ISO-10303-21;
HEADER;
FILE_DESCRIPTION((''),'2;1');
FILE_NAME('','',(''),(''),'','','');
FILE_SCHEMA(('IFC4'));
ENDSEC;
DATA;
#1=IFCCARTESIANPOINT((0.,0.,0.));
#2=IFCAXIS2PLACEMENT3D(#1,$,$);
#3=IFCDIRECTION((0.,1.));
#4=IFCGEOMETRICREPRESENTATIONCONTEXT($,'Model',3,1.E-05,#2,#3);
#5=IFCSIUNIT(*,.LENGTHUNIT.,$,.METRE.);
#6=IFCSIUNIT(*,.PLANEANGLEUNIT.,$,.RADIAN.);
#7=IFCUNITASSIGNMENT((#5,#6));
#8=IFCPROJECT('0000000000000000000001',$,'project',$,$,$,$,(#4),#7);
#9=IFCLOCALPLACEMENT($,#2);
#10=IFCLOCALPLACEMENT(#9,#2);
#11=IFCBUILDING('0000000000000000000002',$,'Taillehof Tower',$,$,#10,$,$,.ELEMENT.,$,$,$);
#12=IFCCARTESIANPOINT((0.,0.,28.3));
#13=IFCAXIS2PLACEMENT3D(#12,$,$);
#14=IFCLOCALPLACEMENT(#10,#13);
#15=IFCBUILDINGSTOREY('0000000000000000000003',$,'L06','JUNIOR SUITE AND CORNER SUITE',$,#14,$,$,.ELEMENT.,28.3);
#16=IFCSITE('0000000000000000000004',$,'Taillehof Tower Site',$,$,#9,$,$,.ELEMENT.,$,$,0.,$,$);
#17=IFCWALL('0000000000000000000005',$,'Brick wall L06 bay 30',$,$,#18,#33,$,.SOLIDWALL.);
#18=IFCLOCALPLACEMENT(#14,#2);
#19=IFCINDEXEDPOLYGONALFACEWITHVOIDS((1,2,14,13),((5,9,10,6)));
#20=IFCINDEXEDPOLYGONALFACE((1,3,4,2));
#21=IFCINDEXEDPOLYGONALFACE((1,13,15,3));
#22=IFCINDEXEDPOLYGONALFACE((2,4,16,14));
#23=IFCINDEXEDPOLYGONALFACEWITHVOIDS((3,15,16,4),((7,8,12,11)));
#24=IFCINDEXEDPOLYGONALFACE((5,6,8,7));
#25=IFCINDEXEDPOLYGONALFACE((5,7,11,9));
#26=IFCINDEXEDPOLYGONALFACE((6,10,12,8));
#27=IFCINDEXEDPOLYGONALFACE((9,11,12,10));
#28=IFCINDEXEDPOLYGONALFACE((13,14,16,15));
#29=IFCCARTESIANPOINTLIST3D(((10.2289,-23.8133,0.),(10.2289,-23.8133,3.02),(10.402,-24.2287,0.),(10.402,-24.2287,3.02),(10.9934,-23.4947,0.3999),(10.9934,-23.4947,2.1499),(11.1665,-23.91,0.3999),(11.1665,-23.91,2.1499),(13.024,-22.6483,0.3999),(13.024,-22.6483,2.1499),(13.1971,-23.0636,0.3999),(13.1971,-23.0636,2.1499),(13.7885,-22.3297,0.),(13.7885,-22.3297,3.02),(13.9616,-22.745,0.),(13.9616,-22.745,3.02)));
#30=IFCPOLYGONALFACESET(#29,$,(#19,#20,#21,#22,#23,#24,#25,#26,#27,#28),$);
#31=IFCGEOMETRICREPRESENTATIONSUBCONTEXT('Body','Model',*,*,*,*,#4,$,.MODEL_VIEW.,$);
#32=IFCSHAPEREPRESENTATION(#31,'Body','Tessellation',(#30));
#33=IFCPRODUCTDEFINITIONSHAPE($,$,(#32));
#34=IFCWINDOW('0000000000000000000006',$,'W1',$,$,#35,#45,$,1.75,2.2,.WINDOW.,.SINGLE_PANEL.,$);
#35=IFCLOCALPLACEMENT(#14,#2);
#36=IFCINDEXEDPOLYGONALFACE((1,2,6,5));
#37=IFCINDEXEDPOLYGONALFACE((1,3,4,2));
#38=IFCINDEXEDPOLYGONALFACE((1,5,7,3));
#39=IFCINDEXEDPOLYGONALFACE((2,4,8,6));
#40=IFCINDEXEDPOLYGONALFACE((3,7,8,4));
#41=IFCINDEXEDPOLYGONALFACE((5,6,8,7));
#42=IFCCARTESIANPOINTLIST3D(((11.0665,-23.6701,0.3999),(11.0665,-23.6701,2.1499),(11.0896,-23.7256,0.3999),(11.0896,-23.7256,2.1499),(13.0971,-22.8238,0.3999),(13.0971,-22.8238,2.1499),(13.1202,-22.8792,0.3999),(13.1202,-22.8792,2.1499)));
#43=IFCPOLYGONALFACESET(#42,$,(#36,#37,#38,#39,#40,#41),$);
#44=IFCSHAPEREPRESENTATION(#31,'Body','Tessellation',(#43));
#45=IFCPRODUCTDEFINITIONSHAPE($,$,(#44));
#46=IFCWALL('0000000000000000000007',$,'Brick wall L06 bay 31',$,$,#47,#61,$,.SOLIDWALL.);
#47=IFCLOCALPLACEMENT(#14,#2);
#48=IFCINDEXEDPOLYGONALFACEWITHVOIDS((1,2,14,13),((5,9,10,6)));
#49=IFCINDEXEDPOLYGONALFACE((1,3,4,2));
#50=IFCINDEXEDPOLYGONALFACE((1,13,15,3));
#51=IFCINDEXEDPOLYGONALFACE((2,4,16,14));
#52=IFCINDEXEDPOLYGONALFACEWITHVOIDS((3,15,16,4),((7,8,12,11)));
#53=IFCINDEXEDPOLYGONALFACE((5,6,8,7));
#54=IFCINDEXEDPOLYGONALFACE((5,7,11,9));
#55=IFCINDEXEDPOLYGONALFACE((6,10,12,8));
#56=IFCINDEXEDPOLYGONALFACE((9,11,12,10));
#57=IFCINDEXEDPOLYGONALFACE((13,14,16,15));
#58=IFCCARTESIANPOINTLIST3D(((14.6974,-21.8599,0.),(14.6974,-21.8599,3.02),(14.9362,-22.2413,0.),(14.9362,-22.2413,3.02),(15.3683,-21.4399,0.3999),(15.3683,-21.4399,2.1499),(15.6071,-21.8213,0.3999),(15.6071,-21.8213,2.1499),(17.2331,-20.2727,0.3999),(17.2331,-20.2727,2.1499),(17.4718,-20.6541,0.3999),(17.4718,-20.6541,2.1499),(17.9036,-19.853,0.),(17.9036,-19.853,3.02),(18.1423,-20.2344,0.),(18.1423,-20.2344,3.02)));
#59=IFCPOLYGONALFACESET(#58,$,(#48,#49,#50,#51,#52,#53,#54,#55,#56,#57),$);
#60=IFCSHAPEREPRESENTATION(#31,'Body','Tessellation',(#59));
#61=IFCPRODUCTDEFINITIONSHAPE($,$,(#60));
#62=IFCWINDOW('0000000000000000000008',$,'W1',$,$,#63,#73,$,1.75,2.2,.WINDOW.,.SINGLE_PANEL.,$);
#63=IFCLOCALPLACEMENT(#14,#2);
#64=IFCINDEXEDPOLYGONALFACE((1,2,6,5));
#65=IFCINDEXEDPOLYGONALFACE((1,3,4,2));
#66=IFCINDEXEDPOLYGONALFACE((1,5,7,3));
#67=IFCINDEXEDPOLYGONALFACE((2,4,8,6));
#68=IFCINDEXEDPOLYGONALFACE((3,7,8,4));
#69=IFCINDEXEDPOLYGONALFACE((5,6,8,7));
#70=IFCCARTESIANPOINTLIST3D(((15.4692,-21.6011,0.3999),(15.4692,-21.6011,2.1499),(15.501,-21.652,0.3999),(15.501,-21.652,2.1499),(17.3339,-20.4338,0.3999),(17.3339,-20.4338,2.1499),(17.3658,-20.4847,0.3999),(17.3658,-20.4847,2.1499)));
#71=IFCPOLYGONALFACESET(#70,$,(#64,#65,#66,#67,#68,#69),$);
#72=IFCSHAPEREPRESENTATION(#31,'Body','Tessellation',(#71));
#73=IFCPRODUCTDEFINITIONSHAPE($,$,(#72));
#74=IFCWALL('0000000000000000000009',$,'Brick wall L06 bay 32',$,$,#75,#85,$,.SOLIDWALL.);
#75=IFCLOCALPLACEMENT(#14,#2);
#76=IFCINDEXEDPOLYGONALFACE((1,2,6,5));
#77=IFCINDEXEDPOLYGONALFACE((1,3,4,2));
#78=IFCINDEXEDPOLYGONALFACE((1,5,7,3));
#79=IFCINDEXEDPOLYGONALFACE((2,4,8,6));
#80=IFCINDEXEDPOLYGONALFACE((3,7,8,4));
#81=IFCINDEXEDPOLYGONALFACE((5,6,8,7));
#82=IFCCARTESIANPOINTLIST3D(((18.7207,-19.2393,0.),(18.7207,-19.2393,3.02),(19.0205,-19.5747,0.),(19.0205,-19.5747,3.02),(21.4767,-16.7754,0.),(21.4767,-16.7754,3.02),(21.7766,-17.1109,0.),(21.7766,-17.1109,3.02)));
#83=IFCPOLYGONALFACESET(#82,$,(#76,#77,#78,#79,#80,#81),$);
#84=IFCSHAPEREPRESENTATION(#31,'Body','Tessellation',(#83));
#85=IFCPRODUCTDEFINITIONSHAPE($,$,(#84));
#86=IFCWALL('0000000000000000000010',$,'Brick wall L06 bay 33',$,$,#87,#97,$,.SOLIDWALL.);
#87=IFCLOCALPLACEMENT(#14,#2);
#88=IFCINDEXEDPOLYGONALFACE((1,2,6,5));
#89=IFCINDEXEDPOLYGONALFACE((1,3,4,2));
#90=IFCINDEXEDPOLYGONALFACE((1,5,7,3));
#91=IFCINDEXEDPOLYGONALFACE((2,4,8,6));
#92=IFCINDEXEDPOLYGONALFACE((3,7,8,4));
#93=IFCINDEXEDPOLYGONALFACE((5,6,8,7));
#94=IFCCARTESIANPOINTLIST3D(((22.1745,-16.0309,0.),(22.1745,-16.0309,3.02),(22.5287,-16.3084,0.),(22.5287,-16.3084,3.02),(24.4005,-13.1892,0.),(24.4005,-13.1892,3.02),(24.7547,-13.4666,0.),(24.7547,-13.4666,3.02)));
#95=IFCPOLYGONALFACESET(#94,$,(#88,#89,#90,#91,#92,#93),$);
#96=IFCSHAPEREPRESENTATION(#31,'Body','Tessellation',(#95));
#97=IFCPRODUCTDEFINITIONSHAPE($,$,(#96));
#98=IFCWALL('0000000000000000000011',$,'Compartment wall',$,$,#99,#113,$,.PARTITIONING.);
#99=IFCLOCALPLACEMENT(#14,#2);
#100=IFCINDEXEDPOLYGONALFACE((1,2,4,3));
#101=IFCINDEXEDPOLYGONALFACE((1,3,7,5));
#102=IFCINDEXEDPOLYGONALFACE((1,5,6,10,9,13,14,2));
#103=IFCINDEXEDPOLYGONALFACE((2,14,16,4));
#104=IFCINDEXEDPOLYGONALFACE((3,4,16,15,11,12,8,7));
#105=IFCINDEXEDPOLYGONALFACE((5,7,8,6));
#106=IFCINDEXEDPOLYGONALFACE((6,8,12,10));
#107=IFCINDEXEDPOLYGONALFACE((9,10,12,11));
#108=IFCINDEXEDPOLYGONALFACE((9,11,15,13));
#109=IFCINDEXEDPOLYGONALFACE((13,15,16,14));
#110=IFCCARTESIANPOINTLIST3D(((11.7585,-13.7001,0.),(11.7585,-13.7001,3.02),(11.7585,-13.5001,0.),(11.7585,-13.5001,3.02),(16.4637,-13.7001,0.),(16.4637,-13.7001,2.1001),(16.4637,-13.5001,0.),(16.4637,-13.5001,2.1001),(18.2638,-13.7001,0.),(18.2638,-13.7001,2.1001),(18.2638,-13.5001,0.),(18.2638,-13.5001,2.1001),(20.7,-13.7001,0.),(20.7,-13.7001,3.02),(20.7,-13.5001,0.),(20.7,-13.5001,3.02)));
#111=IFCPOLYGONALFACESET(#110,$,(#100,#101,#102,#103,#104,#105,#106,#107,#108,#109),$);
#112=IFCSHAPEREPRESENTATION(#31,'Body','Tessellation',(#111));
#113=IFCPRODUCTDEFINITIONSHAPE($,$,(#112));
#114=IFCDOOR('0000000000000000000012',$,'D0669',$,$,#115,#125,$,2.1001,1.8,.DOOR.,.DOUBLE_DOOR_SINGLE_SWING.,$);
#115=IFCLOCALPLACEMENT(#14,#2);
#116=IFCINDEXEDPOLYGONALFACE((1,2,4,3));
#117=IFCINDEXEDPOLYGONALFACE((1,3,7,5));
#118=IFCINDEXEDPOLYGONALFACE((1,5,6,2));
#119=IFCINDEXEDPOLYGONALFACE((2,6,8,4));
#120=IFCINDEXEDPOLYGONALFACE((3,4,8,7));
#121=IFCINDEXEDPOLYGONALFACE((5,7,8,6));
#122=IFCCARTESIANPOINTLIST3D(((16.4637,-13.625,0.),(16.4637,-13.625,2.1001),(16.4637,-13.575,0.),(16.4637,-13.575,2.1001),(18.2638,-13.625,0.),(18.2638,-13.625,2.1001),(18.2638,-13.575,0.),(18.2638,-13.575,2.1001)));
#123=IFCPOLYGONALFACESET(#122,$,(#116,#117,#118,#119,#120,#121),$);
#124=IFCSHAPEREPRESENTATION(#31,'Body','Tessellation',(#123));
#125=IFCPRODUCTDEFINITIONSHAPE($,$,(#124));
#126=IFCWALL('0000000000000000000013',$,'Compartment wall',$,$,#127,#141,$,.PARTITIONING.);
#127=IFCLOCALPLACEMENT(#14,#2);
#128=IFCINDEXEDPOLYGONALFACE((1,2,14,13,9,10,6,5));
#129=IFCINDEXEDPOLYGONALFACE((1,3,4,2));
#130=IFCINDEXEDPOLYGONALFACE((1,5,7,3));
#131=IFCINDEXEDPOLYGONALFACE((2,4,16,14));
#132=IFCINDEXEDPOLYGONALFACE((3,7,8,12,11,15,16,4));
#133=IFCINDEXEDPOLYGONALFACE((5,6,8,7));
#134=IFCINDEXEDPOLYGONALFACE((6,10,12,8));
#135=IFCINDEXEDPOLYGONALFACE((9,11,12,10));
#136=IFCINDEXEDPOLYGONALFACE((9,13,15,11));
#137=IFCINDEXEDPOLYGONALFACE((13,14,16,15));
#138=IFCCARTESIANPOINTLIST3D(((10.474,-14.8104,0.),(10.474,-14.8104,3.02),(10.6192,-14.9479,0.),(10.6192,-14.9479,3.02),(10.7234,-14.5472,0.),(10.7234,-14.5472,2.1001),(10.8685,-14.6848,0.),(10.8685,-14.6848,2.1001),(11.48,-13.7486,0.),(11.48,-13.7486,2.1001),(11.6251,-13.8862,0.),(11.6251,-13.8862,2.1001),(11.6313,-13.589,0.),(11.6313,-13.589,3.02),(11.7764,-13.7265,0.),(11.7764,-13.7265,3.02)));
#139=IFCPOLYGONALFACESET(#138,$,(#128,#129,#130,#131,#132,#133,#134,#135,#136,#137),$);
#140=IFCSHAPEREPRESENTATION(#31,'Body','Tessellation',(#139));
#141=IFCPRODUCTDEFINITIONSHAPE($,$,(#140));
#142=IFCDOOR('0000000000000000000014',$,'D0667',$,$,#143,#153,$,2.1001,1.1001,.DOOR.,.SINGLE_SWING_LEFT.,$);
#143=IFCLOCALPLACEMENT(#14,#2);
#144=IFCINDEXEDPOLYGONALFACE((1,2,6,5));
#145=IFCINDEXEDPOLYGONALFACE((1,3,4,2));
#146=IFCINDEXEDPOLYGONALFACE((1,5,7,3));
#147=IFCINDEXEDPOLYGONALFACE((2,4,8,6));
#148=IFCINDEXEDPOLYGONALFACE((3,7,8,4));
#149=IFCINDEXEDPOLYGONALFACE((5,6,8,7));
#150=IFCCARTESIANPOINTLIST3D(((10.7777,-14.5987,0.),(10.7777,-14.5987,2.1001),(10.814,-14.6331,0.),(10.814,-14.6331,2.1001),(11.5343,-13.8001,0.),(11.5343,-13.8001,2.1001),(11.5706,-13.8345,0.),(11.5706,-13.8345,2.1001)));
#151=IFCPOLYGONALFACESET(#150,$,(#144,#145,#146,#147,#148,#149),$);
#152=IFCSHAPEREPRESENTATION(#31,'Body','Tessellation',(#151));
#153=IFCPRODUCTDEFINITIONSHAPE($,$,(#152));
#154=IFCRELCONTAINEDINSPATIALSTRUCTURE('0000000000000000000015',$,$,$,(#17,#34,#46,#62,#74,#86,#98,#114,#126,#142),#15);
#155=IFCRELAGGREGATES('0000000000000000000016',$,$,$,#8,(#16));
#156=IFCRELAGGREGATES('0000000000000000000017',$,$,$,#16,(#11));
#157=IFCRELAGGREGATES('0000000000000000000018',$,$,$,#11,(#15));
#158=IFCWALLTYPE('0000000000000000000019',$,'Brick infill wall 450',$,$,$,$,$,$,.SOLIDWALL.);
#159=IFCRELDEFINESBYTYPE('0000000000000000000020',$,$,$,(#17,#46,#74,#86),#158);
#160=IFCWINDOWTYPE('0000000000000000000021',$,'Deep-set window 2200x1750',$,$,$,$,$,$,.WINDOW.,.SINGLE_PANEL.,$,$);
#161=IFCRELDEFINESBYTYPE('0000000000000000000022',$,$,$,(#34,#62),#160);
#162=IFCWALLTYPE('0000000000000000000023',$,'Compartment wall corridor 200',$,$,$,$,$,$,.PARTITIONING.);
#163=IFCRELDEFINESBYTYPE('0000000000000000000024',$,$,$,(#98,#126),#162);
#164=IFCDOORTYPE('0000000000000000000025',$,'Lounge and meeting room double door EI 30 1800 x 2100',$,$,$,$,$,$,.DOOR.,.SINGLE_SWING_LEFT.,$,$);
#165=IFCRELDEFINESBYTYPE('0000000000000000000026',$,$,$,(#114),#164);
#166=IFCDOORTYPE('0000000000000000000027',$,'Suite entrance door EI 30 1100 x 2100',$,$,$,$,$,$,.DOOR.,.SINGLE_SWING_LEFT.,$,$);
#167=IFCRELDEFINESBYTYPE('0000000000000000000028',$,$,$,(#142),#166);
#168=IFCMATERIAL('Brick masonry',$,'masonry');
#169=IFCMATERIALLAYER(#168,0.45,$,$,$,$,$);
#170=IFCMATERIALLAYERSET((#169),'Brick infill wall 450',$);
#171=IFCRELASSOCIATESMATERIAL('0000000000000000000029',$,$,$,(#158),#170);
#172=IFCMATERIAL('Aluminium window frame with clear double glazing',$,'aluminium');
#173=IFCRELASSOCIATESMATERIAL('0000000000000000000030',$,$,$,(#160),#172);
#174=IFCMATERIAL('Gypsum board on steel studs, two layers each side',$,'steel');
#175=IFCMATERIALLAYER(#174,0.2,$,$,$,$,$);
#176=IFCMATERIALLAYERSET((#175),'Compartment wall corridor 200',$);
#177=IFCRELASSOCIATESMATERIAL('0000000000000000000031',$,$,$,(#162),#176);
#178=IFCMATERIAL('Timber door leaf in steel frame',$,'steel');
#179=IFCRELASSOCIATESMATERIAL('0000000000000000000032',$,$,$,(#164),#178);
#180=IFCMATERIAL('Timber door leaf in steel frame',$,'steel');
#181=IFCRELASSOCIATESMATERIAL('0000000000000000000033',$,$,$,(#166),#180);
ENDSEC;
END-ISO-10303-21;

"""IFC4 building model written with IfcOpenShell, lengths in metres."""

from ifc_helpers import new_model, si_unit, direction, frame, frame_2d, origin, place, context, subcontext, project, spatial, rectangle, extrude, material, layer, layer_set, type_object, element, fill, save


model = new_model("IFC4")

# Units and contexts
model_context = context("Model", 3, precision=1e-05, world=origin(), true_north=direction((0.0, 1.0)))
body_context = subcontext(model_context, "Body", "Model", "MODEL_VIEW")
ifc_project = project(units=[si_unit("LENGTHUNIT", "METRE"), si_unit("PLANEANGLEUNIT", "RADIAN")], contexts=[model_context])

# Site, building, storey
site_placement = place(None, origin())
site = spatial("IfcSite", under=ifc_project, at=site_placement, Name="Taillehof Tower Site", CompositionType="ELEMENT", RefElevation=0.0)
building_placement = place(site_placement, origin())
building = spatial("IfcBuilding", under=site, at=building_placement, Name="Taillehof Tower", CompositionType="ELEMENT")
storey_placement = place(building_placement, frame((0.0, 0.0, 28.3)))
storey = spatial("IfcBuildingStorey", under=building, at=storey_placement, Name="L06", Description="JUNIOR SUITE AND CORNER SUITE", CompositionType="ELEMENT", Elevation=28.3)

# Walls, openings, windows
ifc_material_1 = material(Name="Brick masonry", Category="masonry")
ifc_layer_1 = layer(ifc_material_1, 0.45)
ifc_layer_set_1 = layer_set([ifc_layer_1], Name="Brick infill wall 450")
wall_type_1 = type_object("IfcWallType", Name="Brick infill wall 450", PredefinedType="SOLIDWALL", material=ifc_layer_set_1)
wall_1_placement = place(storey_placement, frame((10.3154, -24.021, 0.0), z_axis=(0.0, 0.0, 1.0), x_axis=(0.923032, 0.384723, 0.0)))
wall_1 = element("IfcWall", 1, at=wall_1_placement, inside=storey, type_object=wall_type_1, Name="Brick wall L06 bay 30", PredefinedType="SOLIDWALL", context=body_context, shape_type="SweptSolid", body=[
    extrude(rectangle(XDim=3.8564, YDim=0.45, at=frame_2d((1.9282, 0.0))), origin(), (0.0, 0.0, 1.0), 3.02),
])
opening_1_placement = place(wall_1_placement, frame((0.8281, 0.0, 0.3999)))
opening_1 = element("IfcOpeningElement", 2, at=opening_1_placement, cuts=wall_1, PredefinedType="OPENING", context=body_context, shape_type="SweptSolid", body=[
    extrude(rectangle(XDim=2.2, YDim=1.75, at=frame_2d((1.1001, 0.875))), frame((0.0, 0.2349, 0.0), z_axis=(0.0, -1.0, 0.0), x_axis=(1.0, 0.0, 0.0)), (0.0, 0.0, 1.0), 0.47),
])
ifc_material_2 = material(Name="Aluminium window frame with clear double glazing", Category="aluminium")
window_type = type_object("IfcWindowType", Name="Deep-set window 2200x1750", PartitioningType="SINGLE_PANEL", PredefinedType="WINDOW", material=ifc_material_2)
window_1_placement = place(opening_1_placement, origin())
window_1 = element("IfcWindow", 3, at=window_1_placement, inside=storey, type_object=window_type, Name="W1", OverallHeight=1.75, OverallWidth=2.2, PartitioningType="SINGLE_PANEL", PredefinedType="WINDOW", context=body_context, shape_type="SweptSolid", body=[
    extrude(rectangle(XDim=2.2, YDim=1.75, at=frame_2d((1.1001, 0.875))), frame((0.0, 0.0349, 0.0), z_axis=(0.0, -1.0, 0.0), x_axis=(1.0, 0.0, 0.0)), (0.0, 0.0, 1.0), 0.0601),
])
fill(opening_1, window_1)
wall_2_placement = place(storey_placement, frame((14.8169, -22.0505, 0.0), z_axis=(0.0, 0.0, 1.0), x_axis=(0.847635, 0.530579, 0.0)))
wall_2 = element("IfcWall", 4, at=wall_2_placement, inside=storey, type_object=wall_type_1, Name="Brick wall L06 bay 31", PredefinedType="SOLIDWALL", context=body_context, shape_type="SweptSolid", body=[
    extrude(rectangle(XDim=3.7825, YDim=0.45, at=frame_2d((1.8911, 0.0))), origin(), (0.0, 0.0, 1.0), 3.02),
])
opening_2_placement = place(wall_2_placement, frame((0.7913, 0.0, 0.3999)))
opening_2 = element("IfcOpeningElement", 5, at=opening_2_placement, cuts=wall_2, PredefinedType="OPENING", context=body_context, shape_type="SweptSolid", body=[
    extrude(rectangle(XDim=2.2, YDim=1.75, at=frame_2d((1.1001, 0.875))), frame((0.0, 0.2349, 0.0), z_axis=(0.0, -1.0, 0.0), x_axis=(1.0, 0.0, 0.0)), (0.0, 0.0, 1.0), 0.47),
])
window_2_placement = place(opening_2_placement, origin())
window_2 = element("IfcWindow", 6, at=window_2_placement, inside=storey, type_object=window_type, Name="W1", OverallHeight=1.75, OverallWidth=2.2, PartitioningType="SINGLE_PANEL", PredefinedType="WINDOW", context=body_context, shape_type="SweptSolid", body=[
    extrude(rectangle(XDim=2.2, YDim=1.75, at=frame_2d((1.1001, 0.875))), frame((0.0, 0.0349, 0.0), z_axis=(0.0, -1.0, 0.0), x_axis=(1.0, 0.0, 0.0)), (0.0, 0.0, 1.0), 0.0601),
])
fill(opening_2, window_2)

# Walls
wall_3_placement = place(storey_placement, frame((18.8706, -19.407, 0.0), z_axis=(0.0, 0.0, 1.0), x_axis=(0.745526, 0.666476, 0.0)))
element("IfcWall", 7, at=wall_3_placement, inside=storey, type_object=wall_type_1, Name="Brick wall L06 bay 32", PredefinedType="SOLIDWALL", context=body_context, shape_type="SweptSolid", body=[
    extrude(rectangle(XDim=3.6968, YDim=0.45, at=frame_2d((1.8484, 0.0))), origin(), (0.0, 0.0, 1.0), 3.02),
])
wall_4_placement = place(storey_placement, frame((22.3516, -16.1697, 0.0), z_axis=(0.0, 0.0, 1.0), x_axis=(0.616662, 0.787228, 0.0)))
element("IfcWall", 8, at=wall_4_placement, inside=storey, type_object=wall_type_1, Name="Brick wall L06 bay 33", PredefinedType="SOLIDWALL", context=body_context, shape_type="SweptSolid", body=[
    extrude(rectangle(XDim=3.6099, YDim=0.45, at=frame_2d((1.8049, 0.0))), origin(), (0.0, 0.0, 1.0), 3.02),
])

# Walls, openings, doors
ifc_material_3 = material(Name="Gypsum board on steel studs, two layers each side", Category="steel")
ifc_layer_2 = layer(ifc_material_3, 0.2)
ifc_layer_set_2 = layer_set([ifc_layer_2], Name="Compartment wall corridor 200")
wall_type_2 = type_object("IfcWallType", Name="Compartment wall corridor 200", PredefinedType="PARTITIONING", material=ifc_layer_set_2)
wall_5_placement = place(storey_placement, frame((20.7, -13.6001, 0.0), z_axis=(0.0, 0.0, 1.0), x_axis=(-1.0, 0.0, 0.0)))
wall_5 = element("IfcWall", 9, at=wall_5_placement, inside=storey, type_object=wall_type_2, Name="Compartment wall", PredefinedType="PARTITIONING", context=body_context, shape_type="SweptSolid", body=[
    extrude(rectangle(XDim=8.9414, YDim=0.2, at=frame_2d((4.4707, 0.0))), origin(), (0.0, 0.0, 1.0), 3.02),
])
opening_3_placement = place(wall_5_placement, frame((2.4363, 0.0, 0.0)))
opening_3 = element("IfcOpeningElement", 10, at=opening_3_placement, cuts=wall_5, PredefinedType="OPENING", context=body_context, shape_type="SweptSolid", body=[
    extrude(rectangle(XDim=1.8, YDim=2.1001, at=frame_2d((0.8999, 1.05))), frame((0.0, 0.1099, 0.0), z_axis=(0.0, -1.0, 0.0), x_axis=(1.0, 0.0, 0.0)), (0.0, 0.0, 1.0), 0.22),
])
ifc_material_4 = material(Name="Timber door leaf in steel frame", Category="steel")
door_type_1 = type_object("IfcDoorType", Name="Lounge and meeting room double door EI 30 1800 x 2100", OperationType="SINGLE_SWING_LEFT", PredefinedType="DOOR", material=ifc_material_4)
door_1_placement = place(opening_3_placement, origin())
door_1 = element("IfcDoor", 11, at=door_1_placement, inside=storey, type_object=door_type_1, Name="D0669", OperationType="DOUBLE_DOOR_SINGLE_SWING", OverallHeight=2.1001, OverallWidth=1.8, PredefinedType="DOOR", context=body_context, shape_type="SweptSolid", body=[
    extrude(rectangle(XDim=1.8, YDim=2.1001, at=frame_2d((0.8999, 1.05))), frame((0.0, 0.0249, 0.0), z_axis=(0.0, -1.0, 0.0), x_axis=(1.0, 0.0, 0.0)), (0.0, 0.0, 1.0), 0.05),
])
fill(opening_3, door_1)
wall_6_placement = place(storey_placement, frame((11.7039, -13.6577, 0.0), z_axis=(0.0, 0.0, 1.0), x_axis=(-0.687769, -0.72593, 0.0)))
wall_6 = element("IfcWall", 12, at=wall_6_placement, inside=storey, type_object=wall_type_2, Name="Compartment wall", PredefinedType="PARTITIONING", context=body_context, shape_type="SweptSolid", body=[
    extrude(rectangle(XDim=1.6826, YDim=0.2, at=frame_2d((0.8413, 0.0))), origin(), (0.0, 0.0, 1.0), 3.02),
])
opening_4_placement = place(wall_6_placement, frame((0.22, 0.0, 0.0)))
opening_4 = element("IfcOpeningElement", 13, at=opening_4_placement, cuts=wall_6, PredefinedType="OPENING", context=body_context, shape_type="SweptSolid", body=[
    extrude(rectangle(XDim=1.1001, YDim=2.1001, at=frame_2d((0.55, 1.05))), frame((0.0, 0.1099, 0.0), z_axis=(0.0, -1.0, 0.0), x_axis=(1.0, 0.0, 0.0)), (0.0, 0.0, 1.0), 0.22),
])
ifc_material_5 = material(Name="Timber door leaf in steel frame", Category="steel")
door_type_2 = type_object("IfcDoorType", Name="Suite entrance door EI 30 1100 x 2100", OperationType="SINGLE_SWING_LEFT", PredefinedType="DOOR", material=ifc_material_5)
door_2_placement = place(opening_4_placement, origin())
door_2 = element("IfcDoor", 14, at=door_2_placement, inside=storey, type_object=door_type_2, Name="D0667", OperationType="SINGLE_SWING_LEFT", OverallHeight=2.1001, OverallWidth=1.1001, PredefinedType="DOOR", context=body_context, shape_type="SweptSolid", body=[
    extrude(rectangle(XDim=1.1001, YDim=2.1001, at=frame_2d((0.55, 1.05))), frame((0.0, 0.0249, 0.0), z_axis=(0.0, -1.0, 0.0), x_axis=(1.0, 0.0, 0.0)), (0.0, 0.0, 1.0), 0.05),
])
fill(opening_4, door_2)

save(model, "model.ifc")
